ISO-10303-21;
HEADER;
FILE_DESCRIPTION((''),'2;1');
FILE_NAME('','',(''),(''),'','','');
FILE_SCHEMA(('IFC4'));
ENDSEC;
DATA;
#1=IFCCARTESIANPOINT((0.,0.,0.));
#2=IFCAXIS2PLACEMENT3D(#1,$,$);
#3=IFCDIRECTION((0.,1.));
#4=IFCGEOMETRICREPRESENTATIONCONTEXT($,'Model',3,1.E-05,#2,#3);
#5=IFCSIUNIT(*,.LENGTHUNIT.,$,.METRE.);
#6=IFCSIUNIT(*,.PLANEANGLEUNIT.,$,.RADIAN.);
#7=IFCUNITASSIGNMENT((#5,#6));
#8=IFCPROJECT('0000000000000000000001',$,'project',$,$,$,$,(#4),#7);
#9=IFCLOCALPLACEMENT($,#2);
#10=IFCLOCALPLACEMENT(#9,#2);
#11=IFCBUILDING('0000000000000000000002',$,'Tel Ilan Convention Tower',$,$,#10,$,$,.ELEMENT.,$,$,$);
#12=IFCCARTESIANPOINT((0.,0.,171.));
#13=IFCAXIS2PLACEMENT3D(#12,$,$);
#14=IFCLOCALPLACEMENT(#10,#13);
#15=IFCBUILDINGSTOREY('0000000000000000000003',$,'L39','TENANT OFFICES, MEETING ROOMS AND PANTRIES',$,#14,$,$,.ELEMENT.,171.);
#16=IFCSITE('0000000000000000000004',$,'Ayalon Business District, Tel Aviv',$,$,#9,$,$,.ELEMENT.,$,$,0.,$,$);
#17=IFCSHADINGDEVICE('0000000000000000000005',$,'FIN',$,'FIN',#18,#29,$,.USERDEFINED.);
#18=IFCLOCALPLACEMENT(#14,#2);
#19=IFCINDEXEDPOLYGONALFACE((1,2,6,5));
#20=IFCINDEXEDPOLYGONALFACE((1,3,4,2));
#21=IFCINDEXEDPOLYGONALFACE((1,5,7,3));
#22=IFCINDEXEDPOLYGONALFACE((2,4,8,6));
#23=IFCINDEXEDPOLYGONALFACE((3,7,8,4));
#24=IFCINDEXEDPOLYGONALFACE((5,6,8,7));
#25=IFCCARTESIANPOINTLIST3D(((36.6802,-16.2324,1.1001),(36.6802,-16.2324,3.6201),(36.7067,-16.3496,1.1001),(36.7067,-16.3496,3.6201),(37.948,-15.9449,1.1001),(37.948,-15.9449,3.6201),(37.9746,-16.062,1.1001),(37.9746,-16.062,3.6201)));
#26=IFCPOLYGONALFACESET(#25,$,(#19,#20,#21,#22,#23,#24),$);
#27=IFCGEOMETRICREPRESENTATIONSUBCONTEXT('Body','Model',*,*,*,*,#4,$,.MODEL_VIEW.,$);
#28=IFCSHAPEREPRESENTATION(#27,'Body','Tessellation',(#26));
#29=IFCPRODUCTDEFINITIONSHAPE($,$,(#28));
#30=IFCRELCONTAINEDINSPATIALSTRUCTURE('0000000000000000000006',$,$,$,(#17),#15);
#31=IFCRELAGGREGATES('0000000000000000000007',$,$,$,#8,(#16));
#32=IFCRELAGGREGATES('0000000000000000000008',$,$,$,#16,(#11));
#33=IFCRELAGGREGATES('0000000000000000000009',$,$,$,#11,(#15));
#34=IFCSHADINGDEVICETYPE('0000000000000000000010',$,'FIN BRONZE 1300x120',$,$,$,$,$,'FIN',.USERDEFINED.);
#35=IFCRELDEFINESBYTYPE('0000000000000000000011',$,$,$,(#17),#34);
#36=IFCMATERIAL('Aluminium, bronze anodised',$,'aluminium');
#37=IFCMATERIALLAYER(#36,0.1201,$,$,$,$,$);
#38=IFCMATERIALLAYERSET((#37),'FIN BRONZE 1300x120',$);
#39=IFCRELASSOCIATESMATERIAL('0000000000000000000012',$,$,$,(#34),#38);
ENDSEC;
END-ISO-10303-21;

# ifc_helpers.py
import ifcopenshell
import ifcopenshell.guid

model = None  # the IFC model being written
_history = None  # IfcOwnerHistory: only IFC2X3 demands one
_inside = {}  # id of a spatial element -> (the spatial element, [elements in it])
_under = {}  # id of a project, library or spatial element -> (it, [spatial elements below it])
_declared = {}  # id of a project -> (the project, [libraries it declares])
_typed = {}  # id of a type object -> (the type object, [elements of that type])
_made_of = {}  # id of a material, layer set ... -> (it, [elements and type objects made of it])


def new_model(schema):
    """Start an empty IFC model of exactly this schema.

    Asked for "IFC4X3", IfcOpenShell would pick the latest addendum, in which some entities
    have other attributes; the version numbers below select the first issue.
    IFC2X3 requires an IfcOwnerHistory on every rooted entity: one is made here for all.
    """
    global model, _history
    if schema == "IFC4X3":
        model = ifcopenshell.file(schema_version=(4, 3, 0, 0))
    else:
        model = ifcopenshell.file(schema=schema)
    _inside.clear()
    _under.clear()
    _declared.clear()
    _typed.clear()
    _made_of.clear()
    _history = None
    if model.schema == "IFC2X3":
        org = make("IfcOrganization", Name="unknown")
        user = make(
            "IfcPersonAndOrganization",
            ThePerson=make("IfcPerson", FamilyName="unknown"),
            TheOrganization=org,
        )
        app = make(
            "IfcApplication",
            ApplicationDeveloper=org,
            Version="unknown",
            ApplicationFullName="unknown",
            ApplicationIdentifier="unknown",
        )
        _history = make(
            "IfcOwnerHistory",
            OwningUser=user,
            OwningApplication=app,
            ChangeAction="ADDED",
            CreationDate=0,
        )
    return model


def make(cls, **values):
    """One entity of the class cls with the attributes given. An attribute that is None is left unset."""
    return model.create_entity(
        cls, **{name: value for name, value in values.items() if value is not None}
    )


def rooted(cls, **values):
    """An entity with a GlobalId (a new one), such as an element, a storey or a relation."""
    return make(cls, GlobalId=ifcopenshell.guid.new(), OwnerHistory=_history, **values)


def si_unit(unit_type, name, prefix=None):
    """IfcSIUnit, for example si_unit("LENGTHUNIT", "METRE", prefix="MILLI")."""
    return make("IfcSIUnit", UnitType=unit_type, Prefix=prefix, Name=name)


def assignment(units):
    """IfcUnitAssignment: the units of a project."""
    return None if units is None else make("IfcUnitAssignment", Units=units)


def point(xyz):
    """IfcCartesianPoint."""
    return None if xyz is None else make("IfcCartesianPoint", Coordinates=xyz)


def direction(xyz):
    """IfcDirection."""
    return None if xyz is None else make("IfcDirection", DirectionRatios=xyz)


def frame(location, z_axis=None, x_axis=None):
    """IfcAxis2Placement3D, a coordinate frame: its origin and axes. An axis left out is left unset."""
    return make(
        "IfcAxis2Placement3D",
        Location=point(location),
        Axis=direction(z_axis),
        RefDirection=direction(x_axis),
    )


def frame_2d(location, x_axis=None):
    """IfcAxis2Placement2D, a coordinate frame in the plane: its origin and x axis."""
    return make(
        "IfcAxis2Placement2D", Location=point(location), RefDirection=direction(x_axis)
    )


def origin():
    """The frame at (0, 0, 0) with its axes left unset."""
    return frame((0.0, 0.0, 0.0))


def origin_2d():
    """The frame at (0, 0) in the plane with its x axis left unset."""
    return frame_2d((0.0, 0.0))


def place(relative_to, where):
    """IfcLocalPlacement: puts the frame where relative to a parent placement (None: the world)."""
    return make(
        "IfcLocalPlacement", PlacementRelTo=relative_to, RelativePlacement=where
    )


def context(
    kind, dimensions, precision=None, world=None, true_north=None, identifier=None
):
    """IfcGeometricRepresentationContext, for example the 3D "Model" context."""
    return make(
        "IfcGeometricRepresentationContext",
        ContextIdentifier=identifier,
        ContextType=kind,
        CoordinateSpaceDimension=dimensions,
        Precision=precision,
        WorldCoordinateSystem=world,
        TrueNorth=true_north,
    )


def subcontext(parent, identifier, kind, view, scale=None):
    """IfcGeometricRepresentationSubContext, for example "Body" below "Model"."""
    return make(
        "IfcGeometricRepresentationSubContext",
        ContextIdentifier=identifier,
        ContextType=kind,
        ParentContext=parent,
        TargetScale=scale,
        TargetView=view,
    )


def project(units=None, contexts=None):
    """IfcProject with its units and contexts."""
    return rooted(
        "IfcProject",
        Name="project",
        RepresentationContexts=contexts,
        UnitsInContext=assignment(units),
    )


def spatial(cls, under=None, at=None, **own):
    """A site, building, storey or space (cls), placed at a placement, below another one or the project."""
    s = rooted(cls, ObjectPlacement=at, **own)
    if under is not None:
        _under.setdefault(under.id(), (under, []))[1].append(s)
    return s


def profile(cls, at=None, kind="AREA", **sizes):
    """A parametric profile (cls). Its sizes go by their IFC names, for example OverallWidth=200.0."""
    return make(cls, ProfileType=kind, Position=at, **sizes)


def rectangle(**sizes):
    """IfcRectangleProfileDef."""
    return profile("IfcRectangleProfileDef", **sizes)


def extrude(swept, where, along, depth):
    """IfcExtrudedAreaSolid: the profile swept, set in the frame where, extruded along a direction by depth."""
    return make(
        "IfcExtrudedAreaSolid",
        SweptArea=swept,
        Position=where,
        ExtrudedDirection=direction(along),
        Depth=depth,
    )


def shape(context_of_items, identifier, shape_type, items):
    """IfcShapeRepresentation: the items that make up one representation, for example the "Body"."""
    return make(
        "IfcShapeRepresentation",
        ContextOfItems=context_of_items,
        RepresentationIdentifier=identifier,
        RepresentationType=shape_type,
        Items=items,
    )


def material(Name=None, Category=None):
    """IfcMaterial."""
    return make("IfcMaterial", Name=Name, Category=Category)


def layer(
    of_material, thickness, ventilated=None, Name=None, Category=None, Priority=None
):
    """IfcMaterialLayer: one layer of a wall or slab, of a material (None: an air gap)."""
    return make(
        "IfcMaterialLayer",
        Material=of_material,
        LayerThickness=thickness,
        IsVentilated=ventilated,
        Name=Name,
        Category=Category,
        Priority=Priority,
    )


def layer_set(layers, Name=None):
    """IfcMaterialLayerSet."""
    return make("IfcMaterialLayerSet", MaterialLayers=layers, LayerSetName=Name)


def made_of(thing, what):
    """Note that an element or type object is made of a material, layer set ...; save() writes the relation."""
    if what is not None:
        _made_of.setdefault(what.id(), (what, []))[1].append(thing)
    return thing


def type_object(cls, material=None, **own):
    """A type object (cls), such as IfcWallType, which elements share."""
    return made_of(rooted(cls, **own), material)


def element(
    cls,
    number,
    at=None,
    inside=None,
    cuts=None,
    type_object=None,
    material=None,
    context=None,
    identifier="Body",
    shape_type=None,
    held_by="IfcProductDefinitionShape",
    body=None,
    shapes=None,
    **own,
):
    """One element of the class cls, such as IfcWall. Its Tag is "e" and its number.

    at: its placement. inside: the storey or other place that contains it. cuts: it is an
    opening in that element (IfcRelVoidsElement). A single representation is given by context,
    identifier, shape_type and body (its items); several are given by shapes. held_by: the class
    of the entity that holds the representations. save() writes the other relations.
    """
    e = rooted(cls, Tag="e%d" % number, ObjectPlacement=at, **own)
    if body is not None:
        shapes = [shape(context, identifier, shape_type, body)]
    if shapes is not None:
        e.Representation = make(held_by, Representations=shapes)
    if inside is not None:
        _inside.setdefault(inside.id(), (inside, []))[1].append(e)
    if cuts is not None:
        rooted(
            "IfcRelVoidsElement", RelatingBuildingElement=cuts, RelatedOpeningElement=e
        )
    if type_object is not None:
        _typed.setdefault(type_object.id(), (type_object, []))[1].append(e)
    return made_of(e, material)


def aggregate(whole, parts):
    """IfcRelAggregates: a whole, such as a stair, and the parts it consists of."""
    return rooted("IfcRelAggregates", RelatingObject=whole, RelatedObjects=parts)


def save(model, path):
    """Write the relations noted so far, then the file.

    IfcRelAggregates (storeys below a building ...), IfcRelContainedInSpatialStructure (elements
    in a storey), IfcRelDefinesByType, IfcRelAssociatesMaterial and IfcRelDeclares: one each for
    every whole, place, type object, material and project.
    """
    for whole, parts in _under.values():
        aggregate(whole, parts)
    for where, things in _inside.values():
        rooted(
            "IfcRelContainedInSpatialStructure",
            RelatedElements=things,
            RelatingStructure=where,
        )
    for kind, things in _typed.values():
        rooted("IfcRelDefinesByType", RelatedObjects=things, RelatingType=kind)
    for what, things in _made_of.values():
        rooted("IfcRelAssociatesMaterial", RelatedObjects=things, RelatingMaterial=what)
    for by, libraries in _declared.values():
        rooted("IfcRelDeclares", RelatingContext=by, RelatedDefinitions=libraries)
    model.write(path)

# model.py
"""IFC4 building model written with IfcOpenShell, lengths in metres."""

from ifc_helpers import new_model, si_unit, direction, frame, origin, origin_2d, place, context, subcontext, project, spatial, rectangle, extrude, material, layer, layer_set, type_object, element, save


model = new_model("IFC4")

# Units and contexts
model_context = context("Model", 3, precision=1e-05, world=origin(), true_north=direction((0.0, 1.0)))
body_context = subcontext(model_context, "Body", "Model", "MODEL_VIEW")
ifc_project = project(units=[si_unit("LENGTHUNIT", "METRE"), si_unit("PLANEANGLEUNIT", "RADIAN")], contexts=[model_context])

# Site, building, storey
site_placement = place(None, origin())
site = spatial("IfcSite", under=ifc_project, at=site_placement, Name="Ayalon Business District, Tel Aviv", CompositionType="ELEMENT", RefElevation=0.0)
building_placement = place(site_placement, origin())
building = spatial("IfcBuilding", under=site, at=building_placement, Name="Tel Ilan Convention Tower", CompositionType="ELEMENT")
storey_placement = place(building_placement, frame((0.0, 0.0, 171.0)))
storey = spatial("IfcBuildingStorey", under=building, at=storey_placement, Name="L39", Description="TENANT OFFICES, MEETING ROOMS AND PANTRIES", CompositionType="ELEMENT", Elevation=171.0)

# Shading device
ifc_material_1 = material(Name="Aluminium, bronze anodised", Category="aluminium")
ifc_layer_1 = layer(ifc_material_1, 0.1201)
ifc_layer_set_1 = layer_set([ifc_layer_1], Name="FIN BRONZE 1300x120")
shading_device_type = type_object("IfcShadingDeviceType", Name="FIN BRONZE 1300x120", ElementType="FIN", PredefinedType="USERDEFINED", material=ifc_layer_set_1)
for number, where, z_axis, x_axis, name in (
    (1, (37.3274, -16.1472, 1.1001), (0.0, 0.0, 1.0), (0.975235, 0.22117, 0.0), "FIN"),
):
    element("IfcShadingDevice", number, at=place(storey_placement, frame(where, z_axis=z_axis, x_axis=x_axis)), inside=storey, type_object=shading_device_type, Name=name, ObjectType="FIN", PredefinedType="USERDEFINED", context=body_context, shape_type="SweptSolid", body=[
        extrude(rectangle(XDim=1.3, YDim=0.1201, at=origin_2d()), origin(), (0.0, 0.0, 1.0), 2.52),
    ])

save(model, "model.ifc")
